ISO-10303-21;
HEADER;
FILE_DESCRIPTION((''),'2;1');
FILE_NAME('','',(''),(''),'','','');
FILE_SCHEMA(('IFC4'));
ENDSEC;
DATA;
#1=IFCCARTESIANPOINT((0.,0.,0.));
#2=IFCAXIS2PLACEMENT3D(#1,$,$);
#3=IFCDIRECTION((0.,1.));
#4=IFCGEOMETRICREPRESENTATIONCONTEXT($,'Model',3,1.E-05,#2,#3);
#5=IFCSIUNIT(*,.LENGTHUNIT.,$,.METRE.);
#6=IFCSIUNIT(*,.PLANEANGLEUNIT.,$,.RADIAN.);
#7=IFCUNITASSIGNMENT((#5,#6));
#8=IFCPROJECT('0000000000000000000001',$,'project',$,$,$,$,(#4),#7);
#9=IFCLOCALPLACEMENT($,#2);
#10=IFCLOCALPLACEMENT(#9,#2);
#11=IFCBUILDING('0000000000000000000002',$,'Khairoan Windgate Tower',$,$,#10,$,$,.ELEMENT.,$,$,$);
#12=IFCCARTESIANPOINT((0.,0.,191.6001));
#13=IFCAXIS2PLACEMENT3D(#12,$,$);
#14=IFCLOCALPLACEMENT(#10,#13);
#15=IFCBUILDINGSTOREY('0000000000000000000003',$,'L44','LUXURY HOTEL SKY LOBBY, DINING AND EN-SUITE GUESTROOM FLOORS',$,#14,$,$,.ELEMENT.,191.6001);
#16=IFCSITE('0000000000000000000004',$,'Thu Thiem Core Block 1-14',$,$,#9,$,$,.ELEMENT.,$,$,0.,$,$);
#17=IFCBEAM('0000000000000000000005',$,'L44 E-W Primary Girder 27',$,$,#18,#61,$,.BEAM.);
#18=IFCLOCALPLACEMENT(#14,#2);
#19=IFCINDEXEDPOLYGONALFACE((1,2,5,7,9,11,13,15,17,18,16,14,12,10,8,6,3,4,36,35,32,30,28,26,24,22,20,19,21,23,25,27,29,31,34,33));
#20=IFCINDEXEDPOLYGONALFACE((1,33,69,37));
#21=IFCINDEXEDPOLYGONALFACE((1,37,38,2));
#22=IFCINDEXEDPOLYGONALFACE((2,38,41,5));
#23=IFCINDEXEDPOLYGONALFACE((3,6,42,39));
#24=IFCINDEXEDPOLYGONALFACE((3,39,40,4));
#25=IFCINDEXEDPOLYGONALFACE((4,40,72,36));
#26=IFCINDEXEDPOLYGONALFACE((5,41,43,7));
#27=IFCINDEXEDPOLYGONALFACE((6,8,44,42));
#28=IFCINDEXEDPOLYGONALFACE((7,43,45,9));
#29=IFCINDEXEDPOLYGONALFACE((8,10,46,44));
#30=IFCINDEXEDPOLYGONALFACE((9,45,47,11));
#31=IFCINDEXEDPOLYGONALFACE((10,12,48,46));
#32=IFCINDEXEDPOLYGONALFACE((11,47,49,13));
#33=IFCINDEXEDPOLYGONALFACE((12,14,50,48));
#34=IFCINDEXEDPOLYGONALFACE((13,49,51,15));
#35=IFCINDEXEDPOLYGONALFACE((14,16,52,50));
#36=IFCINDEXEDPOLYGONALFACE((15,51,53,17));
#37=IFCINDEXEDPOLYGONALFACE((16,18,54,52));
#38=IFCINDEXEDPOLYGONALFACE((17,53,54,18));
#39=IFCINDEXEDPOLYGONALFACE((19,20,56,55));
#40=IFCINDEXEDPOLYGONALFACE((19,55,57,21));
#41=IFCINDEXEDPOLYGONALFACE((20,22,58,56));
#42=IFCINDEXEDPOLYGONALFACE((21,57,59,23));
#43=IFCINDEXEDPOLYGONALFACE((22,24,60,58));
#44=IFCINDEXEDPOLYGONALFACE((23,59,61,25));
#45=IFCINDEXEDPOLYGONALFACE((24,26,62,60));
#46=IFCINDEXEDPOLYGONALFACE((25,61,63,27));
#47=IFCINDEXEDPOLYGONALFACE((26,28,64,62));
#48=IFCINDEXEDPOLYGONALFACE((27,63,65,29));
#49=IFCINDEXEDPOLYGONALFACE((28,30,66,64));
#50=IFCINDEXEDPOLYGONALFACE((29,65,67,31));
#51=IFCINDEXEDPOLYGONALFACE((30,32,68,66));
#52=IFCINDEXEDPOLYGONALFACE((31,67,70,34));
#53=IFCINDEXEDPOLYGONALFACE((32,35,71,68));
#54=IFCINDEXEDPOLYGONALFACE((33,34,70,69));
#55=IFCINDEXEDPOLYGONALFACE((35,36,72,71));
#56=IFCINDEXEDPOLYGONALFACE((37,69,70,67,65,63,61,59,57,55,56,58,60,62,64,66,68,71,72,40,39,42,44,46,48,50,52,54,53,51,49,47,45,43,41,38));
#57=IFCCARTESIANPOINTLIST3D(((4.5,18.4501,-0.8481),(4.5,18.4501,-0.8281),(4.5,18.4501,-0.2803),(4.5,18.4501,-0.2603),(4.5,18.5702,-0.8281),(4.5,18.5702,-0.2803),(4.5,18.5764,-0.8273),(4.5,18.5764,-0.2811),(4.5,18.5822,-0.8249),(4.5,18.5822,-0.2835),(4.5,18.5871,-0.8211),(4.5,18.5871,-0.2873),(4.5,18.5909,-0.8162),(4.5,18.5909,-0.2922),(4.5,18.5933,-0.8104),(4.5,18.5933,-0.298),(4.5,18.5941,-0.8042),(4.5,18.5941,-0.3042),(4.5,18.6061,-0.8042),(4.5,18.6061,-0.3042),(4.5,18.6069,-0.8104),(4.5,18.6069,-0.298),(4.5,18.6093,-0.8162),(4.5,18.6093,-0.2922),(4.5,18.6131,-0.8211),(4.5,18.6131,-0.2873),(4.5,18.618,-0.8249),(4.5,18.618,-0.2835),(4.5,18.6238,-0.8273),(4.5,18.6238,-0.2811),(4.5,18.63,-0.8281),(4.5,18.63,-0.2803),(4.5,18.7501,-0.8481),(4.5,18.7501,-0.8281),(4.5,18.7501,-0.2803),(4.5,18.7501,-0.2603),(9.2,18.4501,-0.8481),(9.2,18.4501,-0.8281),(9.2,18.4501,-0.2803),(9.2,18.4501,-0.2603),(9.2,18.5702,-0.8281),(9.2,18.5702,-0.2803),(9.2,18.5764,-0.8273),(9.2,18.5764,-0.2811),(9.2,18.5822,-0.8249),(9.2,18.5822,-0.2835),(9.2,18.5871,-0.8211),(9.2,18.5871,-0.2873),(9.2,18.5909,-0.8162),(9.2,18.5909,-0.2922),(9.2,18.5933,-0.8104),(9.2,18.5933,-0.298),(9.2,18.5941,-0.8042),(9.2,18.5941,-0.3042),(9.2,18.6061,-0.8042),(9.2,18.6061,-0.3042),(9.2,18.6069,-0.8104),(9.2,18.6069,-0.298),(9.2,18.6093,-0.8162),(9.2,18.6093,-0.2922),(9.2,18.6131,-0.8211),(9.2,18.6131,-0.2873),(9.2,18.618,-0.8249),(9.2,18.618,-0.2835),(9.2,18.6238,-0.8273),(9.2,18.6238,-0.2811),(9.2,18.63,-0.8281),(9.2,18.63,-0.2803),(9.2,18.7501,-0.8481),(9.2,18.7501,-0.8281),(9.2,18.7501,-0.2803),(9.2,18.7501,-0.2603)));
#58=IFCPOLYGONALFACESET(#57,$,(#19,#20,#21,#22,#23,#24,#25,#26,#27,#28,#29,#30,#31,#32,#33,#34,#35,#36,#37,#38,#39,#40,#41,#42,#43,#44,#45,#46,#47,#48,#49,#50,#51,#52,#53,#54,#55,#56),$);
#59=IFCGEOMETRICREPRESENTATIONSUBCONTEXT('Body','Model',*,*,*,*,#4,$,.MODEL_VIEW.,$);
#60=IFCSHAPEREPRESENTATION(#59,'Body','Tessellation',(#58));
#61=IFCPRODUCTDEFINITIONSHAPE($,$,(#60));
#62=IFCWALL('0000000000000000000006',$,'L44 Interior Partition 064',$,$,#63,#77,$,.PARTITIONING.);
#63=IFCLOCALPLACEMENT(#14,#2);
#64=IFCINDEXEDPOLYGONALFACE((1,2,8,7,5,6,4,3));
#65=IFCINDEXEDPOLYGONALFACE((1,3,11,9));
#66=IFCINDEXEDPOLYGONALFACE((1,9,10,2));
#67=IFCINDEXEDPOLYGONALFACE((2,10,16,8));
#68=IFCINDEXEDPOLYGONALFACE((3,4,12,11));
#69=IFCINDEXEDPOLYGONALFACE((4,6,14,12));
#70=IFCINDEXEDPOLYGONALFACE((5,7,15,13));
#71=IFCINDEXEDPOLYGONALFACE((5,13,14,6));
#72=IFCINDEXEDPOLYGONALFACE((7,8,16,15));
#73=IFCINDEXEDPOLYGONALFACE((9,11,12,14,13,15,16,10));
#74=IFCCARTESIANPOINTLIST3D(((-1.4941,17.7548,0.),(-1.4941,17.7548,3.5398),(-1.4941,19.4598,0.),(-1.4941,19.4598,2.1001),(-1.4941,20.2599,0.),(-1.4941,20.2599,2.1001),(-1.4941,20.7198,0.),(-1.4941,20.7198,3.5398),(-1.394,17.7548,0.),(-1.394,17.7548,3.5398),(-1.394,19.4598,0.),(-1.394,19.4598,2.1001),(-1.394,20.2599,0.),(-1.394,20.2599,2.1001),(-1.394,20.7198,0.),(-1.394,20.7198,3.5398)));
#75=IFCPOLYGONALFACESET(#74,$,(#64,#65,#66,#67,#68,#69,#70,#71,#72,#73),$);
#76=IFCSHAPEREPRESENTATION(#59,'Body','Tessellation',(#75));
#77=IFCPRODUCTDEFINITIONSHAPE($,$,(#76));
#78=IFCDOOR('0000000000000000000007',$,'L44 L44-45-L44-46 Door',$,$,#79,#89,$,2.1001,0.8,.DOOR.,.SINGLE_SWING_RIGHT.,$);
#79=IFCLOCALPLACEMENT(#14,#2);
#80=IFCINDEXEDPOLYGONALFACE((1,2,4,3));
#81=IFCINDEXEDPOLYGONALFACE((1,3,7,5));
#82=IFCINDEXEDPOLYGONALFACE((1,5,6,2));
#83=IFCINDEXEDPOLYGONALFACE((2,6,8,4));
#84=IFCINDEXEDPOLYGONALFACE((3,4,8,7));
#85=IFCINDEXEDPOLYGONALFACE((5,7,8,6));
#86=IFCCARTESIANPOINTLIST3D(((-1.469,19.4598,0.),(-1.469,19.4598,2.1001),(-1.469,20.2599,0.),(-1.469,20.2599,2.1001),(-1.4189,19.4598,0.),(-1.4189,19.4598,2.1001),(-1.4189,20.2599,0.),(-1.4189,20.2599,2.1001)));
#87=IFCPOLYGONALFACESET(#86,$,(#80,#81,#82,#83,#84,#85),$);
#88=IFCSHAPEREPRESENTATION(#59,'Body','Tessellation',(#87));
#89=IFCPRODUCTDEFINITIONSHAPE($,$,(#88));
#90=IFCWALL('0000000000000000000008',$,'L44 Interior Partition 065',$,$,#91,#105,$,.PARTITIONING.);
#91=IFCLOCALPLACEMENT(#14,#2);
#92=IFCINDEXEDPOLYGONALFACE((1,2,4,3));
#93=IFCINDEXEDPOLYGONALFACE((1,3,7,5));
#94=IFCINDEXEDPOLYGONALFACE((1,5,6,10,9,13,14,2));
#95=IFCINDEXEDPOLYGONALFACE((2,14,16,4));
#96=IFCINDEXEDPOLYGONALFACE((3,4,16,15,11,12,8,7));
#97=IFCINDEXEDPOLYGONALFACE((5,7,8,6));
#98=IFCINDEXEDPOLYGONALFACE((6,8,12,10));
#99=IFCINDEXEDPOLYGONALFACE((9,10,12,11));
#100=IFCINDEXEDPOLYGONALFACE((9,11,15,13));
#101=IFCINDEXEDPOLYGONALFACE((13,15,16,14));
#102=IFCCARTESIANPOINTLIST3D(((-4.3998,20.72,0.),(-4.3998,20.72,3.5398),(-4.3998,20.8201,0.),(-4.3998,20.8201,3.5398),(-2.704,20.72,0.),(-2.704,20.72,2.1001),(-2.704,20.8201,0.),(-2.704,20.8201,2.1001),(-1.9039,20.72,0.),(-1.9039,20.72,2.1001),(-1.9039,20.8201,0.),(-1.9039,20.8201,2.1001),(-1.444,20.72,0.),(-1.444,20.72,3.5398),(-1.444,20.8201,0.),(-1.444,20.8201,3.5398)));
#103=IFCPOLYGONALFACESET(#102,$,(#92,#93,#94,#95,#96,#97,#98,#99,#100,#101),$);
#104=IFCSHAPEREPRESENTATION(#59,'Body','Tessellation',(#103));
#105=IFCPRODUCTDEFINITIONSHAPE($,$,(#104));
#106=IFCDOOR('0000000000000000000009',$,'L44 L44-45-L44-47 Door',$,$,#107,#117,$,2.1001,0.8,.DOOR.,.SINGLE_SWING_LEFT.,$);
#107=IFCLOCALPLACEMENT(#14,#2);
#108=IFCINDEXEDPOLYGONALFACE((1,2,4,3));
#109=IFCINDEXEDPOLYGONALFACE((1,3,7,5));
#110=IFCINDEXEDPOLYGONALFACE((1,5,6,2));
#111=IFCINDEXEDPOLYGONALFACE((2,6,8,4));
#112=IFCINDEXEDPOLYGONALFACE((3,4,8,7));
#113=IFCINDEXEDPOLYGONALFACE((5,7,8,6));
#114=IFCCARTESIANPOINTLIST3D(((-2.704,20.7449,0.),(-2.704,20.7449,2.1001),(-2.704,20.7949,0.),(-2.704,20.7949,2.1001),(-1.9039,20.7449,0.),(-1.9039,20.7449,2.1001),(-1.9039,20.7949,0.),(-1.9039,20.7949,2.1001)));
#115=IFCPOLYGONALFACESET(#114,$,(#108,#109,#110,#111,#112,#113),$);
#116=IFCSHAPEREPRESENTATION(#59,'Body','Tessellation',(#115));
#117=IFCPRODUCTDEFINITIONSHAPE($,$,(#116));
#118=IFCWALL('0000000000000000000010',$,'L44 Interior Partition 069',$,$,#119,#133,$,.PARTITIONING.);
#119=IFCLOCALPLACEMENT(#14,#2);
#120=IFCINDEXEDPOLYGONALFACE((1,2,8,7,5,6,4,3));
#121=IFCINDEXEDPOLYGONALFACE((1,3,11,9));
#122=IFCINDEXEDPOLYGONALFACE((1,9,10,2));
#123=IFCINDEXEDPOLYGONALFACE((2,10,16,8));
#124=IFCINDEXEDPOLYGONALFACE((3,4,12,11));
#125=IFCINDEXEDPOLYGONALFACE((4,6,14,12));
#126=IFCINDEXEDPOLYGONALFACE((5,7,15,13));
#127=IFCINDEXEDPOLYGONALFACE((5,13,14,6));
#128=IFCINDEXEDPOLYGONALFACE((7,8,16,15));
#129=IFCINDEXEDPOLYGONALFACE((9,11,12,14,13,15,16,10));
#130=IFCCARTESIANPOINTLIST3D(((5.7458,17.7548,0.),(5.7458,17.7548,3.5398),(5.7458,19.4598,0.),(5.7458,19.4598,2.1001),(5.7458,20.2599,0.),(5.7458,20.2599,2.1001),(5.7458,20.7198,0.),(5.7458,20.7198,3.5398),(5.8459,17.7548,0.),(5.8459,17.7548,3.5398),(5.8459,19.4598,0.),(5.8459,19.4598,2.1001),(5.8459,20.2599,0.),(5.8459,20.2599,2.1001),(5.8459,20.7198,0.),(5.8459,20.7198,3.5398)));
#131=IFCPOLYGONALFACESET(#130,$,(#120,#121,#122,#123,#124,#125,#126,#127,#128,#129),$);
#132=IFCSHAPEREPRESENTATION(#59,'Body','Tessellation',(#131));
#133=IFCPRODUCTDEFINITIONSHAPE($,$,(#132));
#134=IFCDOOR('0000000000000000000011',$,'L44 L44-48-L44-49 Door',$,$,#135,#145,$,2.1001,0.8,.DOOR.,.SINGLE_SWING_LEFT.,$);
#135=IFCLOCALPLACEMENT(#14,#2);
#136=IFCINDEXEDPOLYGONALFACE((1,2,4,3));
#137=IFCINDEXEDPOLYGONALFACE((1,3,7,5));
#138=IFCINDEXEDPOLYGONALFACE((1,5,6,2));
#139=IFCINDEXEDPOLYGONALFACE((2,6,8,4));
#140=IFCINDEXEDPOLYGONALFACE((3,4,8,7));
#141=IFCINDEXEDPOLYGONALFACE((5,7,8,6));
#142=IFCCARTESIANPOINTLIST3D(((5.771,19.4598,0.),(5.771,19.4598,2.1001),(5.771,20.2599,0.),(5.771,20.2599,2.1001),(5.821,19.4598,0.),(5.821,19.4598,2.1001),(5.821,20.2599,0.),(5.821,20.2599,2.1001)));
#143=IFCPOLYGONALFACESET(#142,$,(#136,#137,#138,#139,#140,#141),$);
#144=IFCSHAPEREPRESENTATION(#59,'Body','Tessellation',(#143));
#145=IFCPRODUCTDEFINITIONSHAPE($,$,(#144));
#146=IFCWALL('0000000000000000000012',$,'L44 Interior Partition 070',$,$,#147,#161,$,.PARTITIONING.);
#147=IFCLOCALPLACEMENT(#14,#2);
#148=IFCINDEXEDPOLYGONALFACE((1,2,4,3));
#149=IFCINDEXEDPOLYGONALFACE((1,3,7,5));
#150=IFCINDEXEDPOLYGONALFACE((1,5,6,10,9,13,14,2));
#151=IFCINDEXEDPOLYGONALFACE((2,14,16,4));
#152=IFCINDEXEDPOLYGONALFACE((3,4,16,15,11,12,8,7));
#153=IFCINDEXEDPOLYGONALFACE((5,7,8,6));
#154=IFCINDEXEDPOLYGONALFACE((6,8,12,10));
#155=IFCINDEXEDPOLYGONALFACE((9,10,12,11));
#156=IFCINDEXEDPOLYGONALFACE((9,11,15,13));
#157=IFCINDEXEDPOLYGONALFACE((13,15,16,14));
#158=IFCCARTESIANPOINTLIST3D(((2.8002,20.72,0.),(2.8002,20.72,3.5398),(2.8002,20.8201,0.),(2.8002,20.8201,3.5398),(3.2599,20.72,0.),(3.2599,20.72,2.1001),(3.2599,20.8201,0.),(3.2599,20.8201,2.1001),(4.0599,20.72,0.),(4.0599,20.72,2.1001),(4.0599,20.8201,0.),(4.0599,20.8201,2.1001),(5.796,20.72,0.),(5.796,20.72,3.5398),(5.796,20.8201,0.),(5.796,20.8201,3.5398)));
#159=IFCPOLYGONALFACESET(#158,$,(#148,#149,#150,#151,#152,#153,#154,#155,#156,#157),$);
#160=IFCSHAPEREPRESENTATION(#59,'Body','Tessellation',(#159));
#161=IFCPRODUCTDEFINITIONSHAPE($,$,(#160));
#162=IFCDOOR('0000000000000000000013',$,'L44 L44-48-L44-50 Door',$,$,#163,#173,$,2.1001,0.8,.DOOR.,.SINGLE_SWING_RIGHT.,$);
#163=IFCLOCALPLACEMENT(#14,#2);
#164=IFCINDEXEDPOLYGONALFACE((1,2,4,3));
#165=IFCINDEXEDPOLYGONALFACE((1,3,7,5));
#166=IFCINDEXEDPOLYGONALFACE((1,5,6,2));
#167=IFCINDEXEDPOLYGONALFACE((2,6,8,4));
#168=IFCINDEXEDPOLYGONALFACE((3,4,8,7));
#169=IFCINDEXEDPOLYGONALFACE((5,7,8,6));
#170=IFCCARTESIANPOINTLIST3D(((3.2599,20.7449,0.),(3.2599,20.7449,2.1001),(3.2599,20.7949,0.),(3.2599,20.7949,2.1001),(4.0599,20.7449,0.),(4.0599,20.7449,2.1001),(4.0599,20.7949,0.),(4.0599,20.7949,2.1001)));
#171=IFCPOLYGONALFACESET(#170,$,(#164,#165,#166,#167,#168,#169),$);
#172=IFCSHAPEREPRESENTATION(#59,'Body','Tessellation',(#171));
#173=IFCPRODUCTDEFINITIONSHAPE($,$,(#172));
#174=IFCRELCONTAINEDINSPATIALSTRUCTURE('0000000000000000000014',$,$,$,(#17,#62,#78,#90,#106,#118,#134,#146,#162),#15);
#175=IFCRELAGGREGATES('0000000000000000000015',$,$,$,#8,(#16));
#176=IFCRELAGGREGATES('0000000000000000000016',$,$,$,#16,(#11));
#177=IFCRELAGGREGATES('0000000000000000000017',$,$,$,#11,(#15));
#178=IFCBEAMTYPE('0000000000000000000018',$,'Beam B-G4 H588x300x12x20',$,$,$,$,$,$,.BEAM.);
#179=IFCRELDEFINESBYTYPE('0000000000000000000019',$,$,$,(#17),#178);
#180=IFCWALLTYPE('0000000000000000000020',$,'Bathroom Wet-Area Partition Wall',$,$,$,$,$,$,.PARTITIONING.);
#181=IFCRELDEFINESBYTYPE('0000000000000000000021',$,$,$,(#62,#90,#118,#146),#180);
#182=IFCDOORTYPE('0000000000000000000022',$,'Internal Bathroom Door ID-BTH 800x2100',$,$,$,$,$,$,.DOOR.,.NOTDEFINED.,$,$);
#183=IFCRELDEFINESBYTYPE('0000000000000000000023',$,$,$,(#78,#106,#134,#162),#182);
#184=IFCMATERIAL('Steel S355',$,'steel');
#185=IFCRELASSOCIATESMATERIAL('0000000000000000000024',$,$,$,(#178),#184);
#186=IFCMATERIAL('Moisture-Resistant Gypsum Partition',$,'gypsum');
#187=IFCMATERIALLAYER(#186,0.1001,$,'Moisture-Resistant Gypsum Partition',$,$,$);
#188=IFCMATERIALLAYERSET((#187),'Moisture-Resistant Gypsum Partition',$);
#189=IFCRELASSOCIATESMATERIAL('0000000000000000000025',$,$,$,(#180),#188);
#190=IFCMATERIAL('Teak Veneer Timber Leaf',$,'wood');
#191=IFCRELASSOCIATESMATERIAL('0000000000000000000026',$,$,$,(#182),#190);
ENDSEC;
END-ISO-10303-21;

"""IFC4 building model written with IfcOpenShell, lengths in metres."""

from ifc_helpers import new_model, si_unit, direction, frame, frame_2d, origin, origin_2d, place, context, subcontext, project, spatial, rectangle, i_section, extrude, material, layer, layer_set, material_profile, profile_set, type_object, element, fill, save


model = new_model("IFC4")

# Units and contexts
model_context = context("Model", 3, precision=1e-05, world=origin(), true_north=direction((0.0, 1.0)))
body_context = subcontext(model_context, "Body", "Model", "MODEL_VIEW")
ifc_project = project(units=[si_unit("LENGTHUNIT", "METRE"), si_unit("PLANEANGLEUNIT", "RADIAN")], contexts=[model_context])

# Site, building, storey
site_placement = place(None, origin())
site = spatial("IfcSite", under=ifc_project, at=site_placement, Name="Thu Thiem Core Block 1-14", CompositionType="ELEMENT", RefElevation=0.0)
building_placement = place(site_placement, origin())
building = spatial("IfcBuilding", under=site, at=building_placement, Name="Khairoan Windgate Tower", CompositionType="ELEMENT")
storey_placement = place(building_placement, frame((0.0, 0.0, 191.6001)))
storey = spatial("IfcBuildingStorey", under=building, at=storey_placement, Name="L44", Description="LUXURY HOTEL SKY LOBBY, DINING AND EN-SUITE GUESTROOM FLOORS", CompositionType="ELEMENT", Elevation=191.6001)

# Beam
ifc_material_1 = material(Name="Steel S355", Category="steel")
ifc_material_profile_1 = material_profile(ifc_material_1, i_section(OverallWidth=0.3, OverallDepth=0.5879, WebThickness=0.012, FlangeThickness=0.02, FilletRadius=0.0239, at=origin_2d()))
ifc_profile_set_1 = profile_set([ifc_material_profile_1], Name="Steel S355")
beam_type = type_object("IfcBeamType", Name="Beam B-G4 H588x300x12x20", PredefinedType="BEAM", material=ifc_profile_set_1)
beam_placement = place(storey_placement, frame((4.5, 18.6001, -0.5542), z_axis=(1.0, 0.0, 0.0), x_axis=(0.0, 1.0, 0.0)))
element("IfcBeam", 1, at=beam_placement, inside=storey, type_object=beam_type, Name="L44 E-W Primary Girder 27", PredefinedType="BEAM", context=body_context, shape_type="SweptSolid", body=[
    extrude(i_section(OverallWidth=0.3, OverallDepth=0.5879, WebThickness=0.012, FlangeThickness=0.02, FilletRadius=0.0239, at=origin_2d()), origin(), (0.0, 0.0, 1.0), 4.7),
])

# Walls, openings, doors
ifc_material_2 = material(Name="Moisture-Resistant Gypsum Partition", Category="gypsum")
ifc_layer_1 = layer(ifc_material_2, 0.1001, Name="Moisture-Resistant Gypsum Partition")
ifc_layer_set_1 = layer_set([ifc_layer_1], Name="Moisture-Resistant Gypsum Partition")
wall_type_1 = type_object("IfcWallType", Name="Bathroom Wet-Area Partition Wall", PredefinedType="PARTITIONING", material=ifc_layer_set_1)
wall_1_placement = place(storey_placement, frame((-1.4441, 17.7549, 0.0), z_axis=(0.0, 0.0, 1.0), x_axis=(0.0, 1.0, 0.0)))
wall_1 = element("IfcWall", 2, at=wall_1_placement, inside=storey, type_object=wall_type_1, Name="L44 Interior Partition 064", PredefinedType="PARTITIONING", context=body_context, shape_type="SweptSolid", body=[
    extrude(rectangle(XDim=2.9651, YDim=0.1001, at=frame_2d((1.4824, 0.0))), origin(), (0.0, 0.0, 1.0), 3.5398),
])
opening_1_placement = place(wall_1_placement, frame((1.7051, 0.0, 0.0)))
opening_1 = element("IfcOpeningElement", 3, at=opening_1_placement, cuts=wall_1, PredefinedType="OPENING", context=body_context, shape_type="SweptSolid", body=[
    extrude(rectangle(XDim=0.8, YDim=2.1001, at=frame_2d((0.3999, 1.05))), frame((0.0, 0.0601, 0.0), z_axis=(0.0, -1.0, 0.0), x_axis=(1.0, 0.0, 0.0)), (0.0, 0.0, 1.0), 0.1201),
])
ifc_material_3 = material(Name="Teak Veneer Timber Leaf", Category="wood")
door_type_1 = type_object("IfcDoorType", Name="Internal Bathroom Door ID-BTH 800x2100", OperationType="NOTDEFINED", PredefinedType="DOOR", material=ifc_material_3)
door_1_placement = place(opening_1_placement, origin())
door_1 = element("IfcDoor", 4, at=door_1_placement, inside=storey, type_object=door_type_1, Name="L44 L44-45-L44-46 Door", OperationType="SINGLE_SWING_RIGHT", OverallHeight=2.1001, OverallWidth=0.8, PredefinedType="DOOR", context=body_context, shape_type="SweptSolid", body=[
    extrude(rectangle(XDim=0.8, YDim=2.1001, at=frame_2d((0.3999, 1.05))), frame((0.0, 0.0249, 0.0), z_axis=(0.0, -1.0, 0.0), x_axis=(1.0, 0.0, 0.0)), (0.0, 0.0, 1.0), 0.05),
])
fill(opening_1, door_1)
wall_2_placement = place(storey_placement, frame((-4.3999, 20.77, 0.0), z_axis=(0.0, 0.0, 1.0), x_axis=(1.0, 0.0, 0.0)))
wall_2 = element("IfcWall", 5, at=wall_2_placement, inside=storey, type_object=wall_type_1, Name="L44 Interior Partition 065", PredefinedType="PARTITIONING", context=body_context, shape_type="SweptSolid", body=[
    extrude(rectangle(XDim=2.9558, YDim=0.1001, at=frame_2d((1.478, 0.0))), origin(), (0.0, 0.0, 1.0), 3.5398),
])
opening_2_placement = place(wall_2_placement, frame((1.696, 0.0, 0.0)))
opening_2 = element("IfcOpeningElement", 6, at=opening_2_placement, cuts=wall_2, PredefinedType="OPENING", context=body_context, shape_type="SweptSolid", body=[
    extrude(rectangle(XDim=0.8, YDim=2.1001, at=frame_2d((0.3999, 1.05))), frame((0.0, 0.0601, 0.0), z_axis=(0.0, -1.0, 0.0), x_axis=(1.0, 0.0, 0.0)), (0.0, 0.0, 1.0), 0.1201),
])
door_2_placement = place(opening_2_placement, origin())
door_2 = element("IfcDoor", 7, at=door_2_placement, inside=storey, type_object=door_type_1, Name="L44 L44-45-L44-47 Door", OperationType="SINGLE_SWING_LEFT", OverallHeight=2.1001, OverallWidth=0.8, PredefinedType="DOOR", context=body_context, shape_type="SweptSolid", body=[
    extrude(rectangle(XDim=0.8, YDim=2.1001, at=frame_2d((0.3999, 1.05))), frame((0.0, 0.0249, 0.0), z_axis=(0.0, -1.0, 0.0), x_axis=(1.0, 0.0, 0.0)), (0.0, 0.0, 1.0), 0.05),
])
fill(opening_2, door_2)
wall_3_placement = place(storey_placement, frame((5.7959, 17.7549, 0.0), z_axis=(0.0, 0.0, 1.0), x_axis=(0.0, 1.0, 0.0)))
wall_3 = element("IfcWall", 8, at=wall_3_placement, inside=storey, type_object=wall_type_1, Name="L44 Interior Partition 069", PredefinedType="PARTITIONING", context=body_context, shape_type="SweptSolid", body=[
    extrude(rectangle(XDim=2.9651, YDim=0.1001, at=frame_2d((1.4824, 0.0))), origin(), (0.0, 0.0, 1.0), 3.5398),
])
opening_3_placement = place(wall_3_placement, frame((1.7051, 0.0, 0.0)))
opening_3 = element("IfcOpeningElement", 9, at=opening_3_placement, cuts=wall_3, PredefinedType="OPENING", context=body_context, shape_type="SweptSolid", body=[
    extrude(rectangle(XDim=0.8, YDim=2.1001, at=frame_2d((0.3999, 1.05))), frame((0.0, 0.0601, 0.0), z_axis=(0.0, -1.0, 0.0), x_axis=(1.0, 0.0, 0.0)), (0.0, 0.0, 1.0), 0.1201),
])
door_3_placement = place(opening_3_placement, origin())
door_3 = element("IfcDoor", 10, at=door_3_placement, inside=storey, type_object=door_type_1, Name="L44 L44-48-L44-49 Door", OperationType="SINGLE_SWING_LEFT", OverallHeight=2.1001, OverallWidth=0.8, PredefinedType="DOOR", context=body_context, shape_type="SweptSolid", body=[
    extrude(rectangle(XDim=0.8, YDim=2.1001, at=frame_2d((0.3999, 1.05))), frame((0.0, 0.0249, 0.0), z_axis=(0.0, -1.0, 0.0), x_axis=(1.0, 0.0, 0.0)), (0.0, 0.0, 1.0), 0.05),
])
fill(opening_3, door_3)
wall_4_placement = place(storey_placement, frame((2.8, 20.77, 0.0), z_axis=(0.0, 0.0, 1.0), x_axis=(1.0, 0.0, 0.0)))
wall_4 = element("IfcWall", 11, at=wall_4_placement, inside=storey, type_object=wall_type_1, Name="L44 Interior Partition 070", PredefinedType="PARTITIONING", context=body_context, shape_type="SweptSolid", body=[
    extrude(rectangle(XDim=2.9958, YDim=0.1001, at=frame_2d((1.498, 0.0))), origin(), (0.0, 0.0, 1.0), 3.5398),
])
opening_4_placement = place(wall_4_placement, frame((0.46, 0.0, 0.0)))
opening_4 = element("IfcOpeningElement", 12, at=opening_4_placement, cuts=wall_4, PredefinedType="OPENING", context=body_context, shape_type="SweptSolid", body=[
    extrude(rectangle(XDim=0.8, YDim=2.1001, at=frame_2d((0.3999, 1.05))), frame((0.0, 0.0601, 0.0), z_axis=(0.0, -1.0, 0.0), x_axis=(1.0, 0.0, 0.0)), (0.0, 0.0, 1.0), 0.1201),
])
door_4_placement = place(opening_4_placement, origin())
door_4 = element("IfcDoor", 13, at=door_4_placement, inside=storey, type_object=door_type_1, Name="L44 L44-48-L44-50 Door", OperationType="SINGLE_SWING_RIGHT", OverallHeight=2.1001, OverallWidth=0.8, PredefinedType="DOOR", context=body_context, shape_type="SweptSolid", body=[
    extrude(rectangle(XDim=0.8, YDim=2.1001, at=frame_2d((0.3999, 1.05))), frame((0.0, 0.0249, 0.0), z_axis=(0.0, -1.0, 0.0), x_axis=(1.0, 0.0, 0.0)), (0.0, 0.0, 1.0), 0.05),
])
fill(opening_4, door_4)

save(model, "model.ifc")
